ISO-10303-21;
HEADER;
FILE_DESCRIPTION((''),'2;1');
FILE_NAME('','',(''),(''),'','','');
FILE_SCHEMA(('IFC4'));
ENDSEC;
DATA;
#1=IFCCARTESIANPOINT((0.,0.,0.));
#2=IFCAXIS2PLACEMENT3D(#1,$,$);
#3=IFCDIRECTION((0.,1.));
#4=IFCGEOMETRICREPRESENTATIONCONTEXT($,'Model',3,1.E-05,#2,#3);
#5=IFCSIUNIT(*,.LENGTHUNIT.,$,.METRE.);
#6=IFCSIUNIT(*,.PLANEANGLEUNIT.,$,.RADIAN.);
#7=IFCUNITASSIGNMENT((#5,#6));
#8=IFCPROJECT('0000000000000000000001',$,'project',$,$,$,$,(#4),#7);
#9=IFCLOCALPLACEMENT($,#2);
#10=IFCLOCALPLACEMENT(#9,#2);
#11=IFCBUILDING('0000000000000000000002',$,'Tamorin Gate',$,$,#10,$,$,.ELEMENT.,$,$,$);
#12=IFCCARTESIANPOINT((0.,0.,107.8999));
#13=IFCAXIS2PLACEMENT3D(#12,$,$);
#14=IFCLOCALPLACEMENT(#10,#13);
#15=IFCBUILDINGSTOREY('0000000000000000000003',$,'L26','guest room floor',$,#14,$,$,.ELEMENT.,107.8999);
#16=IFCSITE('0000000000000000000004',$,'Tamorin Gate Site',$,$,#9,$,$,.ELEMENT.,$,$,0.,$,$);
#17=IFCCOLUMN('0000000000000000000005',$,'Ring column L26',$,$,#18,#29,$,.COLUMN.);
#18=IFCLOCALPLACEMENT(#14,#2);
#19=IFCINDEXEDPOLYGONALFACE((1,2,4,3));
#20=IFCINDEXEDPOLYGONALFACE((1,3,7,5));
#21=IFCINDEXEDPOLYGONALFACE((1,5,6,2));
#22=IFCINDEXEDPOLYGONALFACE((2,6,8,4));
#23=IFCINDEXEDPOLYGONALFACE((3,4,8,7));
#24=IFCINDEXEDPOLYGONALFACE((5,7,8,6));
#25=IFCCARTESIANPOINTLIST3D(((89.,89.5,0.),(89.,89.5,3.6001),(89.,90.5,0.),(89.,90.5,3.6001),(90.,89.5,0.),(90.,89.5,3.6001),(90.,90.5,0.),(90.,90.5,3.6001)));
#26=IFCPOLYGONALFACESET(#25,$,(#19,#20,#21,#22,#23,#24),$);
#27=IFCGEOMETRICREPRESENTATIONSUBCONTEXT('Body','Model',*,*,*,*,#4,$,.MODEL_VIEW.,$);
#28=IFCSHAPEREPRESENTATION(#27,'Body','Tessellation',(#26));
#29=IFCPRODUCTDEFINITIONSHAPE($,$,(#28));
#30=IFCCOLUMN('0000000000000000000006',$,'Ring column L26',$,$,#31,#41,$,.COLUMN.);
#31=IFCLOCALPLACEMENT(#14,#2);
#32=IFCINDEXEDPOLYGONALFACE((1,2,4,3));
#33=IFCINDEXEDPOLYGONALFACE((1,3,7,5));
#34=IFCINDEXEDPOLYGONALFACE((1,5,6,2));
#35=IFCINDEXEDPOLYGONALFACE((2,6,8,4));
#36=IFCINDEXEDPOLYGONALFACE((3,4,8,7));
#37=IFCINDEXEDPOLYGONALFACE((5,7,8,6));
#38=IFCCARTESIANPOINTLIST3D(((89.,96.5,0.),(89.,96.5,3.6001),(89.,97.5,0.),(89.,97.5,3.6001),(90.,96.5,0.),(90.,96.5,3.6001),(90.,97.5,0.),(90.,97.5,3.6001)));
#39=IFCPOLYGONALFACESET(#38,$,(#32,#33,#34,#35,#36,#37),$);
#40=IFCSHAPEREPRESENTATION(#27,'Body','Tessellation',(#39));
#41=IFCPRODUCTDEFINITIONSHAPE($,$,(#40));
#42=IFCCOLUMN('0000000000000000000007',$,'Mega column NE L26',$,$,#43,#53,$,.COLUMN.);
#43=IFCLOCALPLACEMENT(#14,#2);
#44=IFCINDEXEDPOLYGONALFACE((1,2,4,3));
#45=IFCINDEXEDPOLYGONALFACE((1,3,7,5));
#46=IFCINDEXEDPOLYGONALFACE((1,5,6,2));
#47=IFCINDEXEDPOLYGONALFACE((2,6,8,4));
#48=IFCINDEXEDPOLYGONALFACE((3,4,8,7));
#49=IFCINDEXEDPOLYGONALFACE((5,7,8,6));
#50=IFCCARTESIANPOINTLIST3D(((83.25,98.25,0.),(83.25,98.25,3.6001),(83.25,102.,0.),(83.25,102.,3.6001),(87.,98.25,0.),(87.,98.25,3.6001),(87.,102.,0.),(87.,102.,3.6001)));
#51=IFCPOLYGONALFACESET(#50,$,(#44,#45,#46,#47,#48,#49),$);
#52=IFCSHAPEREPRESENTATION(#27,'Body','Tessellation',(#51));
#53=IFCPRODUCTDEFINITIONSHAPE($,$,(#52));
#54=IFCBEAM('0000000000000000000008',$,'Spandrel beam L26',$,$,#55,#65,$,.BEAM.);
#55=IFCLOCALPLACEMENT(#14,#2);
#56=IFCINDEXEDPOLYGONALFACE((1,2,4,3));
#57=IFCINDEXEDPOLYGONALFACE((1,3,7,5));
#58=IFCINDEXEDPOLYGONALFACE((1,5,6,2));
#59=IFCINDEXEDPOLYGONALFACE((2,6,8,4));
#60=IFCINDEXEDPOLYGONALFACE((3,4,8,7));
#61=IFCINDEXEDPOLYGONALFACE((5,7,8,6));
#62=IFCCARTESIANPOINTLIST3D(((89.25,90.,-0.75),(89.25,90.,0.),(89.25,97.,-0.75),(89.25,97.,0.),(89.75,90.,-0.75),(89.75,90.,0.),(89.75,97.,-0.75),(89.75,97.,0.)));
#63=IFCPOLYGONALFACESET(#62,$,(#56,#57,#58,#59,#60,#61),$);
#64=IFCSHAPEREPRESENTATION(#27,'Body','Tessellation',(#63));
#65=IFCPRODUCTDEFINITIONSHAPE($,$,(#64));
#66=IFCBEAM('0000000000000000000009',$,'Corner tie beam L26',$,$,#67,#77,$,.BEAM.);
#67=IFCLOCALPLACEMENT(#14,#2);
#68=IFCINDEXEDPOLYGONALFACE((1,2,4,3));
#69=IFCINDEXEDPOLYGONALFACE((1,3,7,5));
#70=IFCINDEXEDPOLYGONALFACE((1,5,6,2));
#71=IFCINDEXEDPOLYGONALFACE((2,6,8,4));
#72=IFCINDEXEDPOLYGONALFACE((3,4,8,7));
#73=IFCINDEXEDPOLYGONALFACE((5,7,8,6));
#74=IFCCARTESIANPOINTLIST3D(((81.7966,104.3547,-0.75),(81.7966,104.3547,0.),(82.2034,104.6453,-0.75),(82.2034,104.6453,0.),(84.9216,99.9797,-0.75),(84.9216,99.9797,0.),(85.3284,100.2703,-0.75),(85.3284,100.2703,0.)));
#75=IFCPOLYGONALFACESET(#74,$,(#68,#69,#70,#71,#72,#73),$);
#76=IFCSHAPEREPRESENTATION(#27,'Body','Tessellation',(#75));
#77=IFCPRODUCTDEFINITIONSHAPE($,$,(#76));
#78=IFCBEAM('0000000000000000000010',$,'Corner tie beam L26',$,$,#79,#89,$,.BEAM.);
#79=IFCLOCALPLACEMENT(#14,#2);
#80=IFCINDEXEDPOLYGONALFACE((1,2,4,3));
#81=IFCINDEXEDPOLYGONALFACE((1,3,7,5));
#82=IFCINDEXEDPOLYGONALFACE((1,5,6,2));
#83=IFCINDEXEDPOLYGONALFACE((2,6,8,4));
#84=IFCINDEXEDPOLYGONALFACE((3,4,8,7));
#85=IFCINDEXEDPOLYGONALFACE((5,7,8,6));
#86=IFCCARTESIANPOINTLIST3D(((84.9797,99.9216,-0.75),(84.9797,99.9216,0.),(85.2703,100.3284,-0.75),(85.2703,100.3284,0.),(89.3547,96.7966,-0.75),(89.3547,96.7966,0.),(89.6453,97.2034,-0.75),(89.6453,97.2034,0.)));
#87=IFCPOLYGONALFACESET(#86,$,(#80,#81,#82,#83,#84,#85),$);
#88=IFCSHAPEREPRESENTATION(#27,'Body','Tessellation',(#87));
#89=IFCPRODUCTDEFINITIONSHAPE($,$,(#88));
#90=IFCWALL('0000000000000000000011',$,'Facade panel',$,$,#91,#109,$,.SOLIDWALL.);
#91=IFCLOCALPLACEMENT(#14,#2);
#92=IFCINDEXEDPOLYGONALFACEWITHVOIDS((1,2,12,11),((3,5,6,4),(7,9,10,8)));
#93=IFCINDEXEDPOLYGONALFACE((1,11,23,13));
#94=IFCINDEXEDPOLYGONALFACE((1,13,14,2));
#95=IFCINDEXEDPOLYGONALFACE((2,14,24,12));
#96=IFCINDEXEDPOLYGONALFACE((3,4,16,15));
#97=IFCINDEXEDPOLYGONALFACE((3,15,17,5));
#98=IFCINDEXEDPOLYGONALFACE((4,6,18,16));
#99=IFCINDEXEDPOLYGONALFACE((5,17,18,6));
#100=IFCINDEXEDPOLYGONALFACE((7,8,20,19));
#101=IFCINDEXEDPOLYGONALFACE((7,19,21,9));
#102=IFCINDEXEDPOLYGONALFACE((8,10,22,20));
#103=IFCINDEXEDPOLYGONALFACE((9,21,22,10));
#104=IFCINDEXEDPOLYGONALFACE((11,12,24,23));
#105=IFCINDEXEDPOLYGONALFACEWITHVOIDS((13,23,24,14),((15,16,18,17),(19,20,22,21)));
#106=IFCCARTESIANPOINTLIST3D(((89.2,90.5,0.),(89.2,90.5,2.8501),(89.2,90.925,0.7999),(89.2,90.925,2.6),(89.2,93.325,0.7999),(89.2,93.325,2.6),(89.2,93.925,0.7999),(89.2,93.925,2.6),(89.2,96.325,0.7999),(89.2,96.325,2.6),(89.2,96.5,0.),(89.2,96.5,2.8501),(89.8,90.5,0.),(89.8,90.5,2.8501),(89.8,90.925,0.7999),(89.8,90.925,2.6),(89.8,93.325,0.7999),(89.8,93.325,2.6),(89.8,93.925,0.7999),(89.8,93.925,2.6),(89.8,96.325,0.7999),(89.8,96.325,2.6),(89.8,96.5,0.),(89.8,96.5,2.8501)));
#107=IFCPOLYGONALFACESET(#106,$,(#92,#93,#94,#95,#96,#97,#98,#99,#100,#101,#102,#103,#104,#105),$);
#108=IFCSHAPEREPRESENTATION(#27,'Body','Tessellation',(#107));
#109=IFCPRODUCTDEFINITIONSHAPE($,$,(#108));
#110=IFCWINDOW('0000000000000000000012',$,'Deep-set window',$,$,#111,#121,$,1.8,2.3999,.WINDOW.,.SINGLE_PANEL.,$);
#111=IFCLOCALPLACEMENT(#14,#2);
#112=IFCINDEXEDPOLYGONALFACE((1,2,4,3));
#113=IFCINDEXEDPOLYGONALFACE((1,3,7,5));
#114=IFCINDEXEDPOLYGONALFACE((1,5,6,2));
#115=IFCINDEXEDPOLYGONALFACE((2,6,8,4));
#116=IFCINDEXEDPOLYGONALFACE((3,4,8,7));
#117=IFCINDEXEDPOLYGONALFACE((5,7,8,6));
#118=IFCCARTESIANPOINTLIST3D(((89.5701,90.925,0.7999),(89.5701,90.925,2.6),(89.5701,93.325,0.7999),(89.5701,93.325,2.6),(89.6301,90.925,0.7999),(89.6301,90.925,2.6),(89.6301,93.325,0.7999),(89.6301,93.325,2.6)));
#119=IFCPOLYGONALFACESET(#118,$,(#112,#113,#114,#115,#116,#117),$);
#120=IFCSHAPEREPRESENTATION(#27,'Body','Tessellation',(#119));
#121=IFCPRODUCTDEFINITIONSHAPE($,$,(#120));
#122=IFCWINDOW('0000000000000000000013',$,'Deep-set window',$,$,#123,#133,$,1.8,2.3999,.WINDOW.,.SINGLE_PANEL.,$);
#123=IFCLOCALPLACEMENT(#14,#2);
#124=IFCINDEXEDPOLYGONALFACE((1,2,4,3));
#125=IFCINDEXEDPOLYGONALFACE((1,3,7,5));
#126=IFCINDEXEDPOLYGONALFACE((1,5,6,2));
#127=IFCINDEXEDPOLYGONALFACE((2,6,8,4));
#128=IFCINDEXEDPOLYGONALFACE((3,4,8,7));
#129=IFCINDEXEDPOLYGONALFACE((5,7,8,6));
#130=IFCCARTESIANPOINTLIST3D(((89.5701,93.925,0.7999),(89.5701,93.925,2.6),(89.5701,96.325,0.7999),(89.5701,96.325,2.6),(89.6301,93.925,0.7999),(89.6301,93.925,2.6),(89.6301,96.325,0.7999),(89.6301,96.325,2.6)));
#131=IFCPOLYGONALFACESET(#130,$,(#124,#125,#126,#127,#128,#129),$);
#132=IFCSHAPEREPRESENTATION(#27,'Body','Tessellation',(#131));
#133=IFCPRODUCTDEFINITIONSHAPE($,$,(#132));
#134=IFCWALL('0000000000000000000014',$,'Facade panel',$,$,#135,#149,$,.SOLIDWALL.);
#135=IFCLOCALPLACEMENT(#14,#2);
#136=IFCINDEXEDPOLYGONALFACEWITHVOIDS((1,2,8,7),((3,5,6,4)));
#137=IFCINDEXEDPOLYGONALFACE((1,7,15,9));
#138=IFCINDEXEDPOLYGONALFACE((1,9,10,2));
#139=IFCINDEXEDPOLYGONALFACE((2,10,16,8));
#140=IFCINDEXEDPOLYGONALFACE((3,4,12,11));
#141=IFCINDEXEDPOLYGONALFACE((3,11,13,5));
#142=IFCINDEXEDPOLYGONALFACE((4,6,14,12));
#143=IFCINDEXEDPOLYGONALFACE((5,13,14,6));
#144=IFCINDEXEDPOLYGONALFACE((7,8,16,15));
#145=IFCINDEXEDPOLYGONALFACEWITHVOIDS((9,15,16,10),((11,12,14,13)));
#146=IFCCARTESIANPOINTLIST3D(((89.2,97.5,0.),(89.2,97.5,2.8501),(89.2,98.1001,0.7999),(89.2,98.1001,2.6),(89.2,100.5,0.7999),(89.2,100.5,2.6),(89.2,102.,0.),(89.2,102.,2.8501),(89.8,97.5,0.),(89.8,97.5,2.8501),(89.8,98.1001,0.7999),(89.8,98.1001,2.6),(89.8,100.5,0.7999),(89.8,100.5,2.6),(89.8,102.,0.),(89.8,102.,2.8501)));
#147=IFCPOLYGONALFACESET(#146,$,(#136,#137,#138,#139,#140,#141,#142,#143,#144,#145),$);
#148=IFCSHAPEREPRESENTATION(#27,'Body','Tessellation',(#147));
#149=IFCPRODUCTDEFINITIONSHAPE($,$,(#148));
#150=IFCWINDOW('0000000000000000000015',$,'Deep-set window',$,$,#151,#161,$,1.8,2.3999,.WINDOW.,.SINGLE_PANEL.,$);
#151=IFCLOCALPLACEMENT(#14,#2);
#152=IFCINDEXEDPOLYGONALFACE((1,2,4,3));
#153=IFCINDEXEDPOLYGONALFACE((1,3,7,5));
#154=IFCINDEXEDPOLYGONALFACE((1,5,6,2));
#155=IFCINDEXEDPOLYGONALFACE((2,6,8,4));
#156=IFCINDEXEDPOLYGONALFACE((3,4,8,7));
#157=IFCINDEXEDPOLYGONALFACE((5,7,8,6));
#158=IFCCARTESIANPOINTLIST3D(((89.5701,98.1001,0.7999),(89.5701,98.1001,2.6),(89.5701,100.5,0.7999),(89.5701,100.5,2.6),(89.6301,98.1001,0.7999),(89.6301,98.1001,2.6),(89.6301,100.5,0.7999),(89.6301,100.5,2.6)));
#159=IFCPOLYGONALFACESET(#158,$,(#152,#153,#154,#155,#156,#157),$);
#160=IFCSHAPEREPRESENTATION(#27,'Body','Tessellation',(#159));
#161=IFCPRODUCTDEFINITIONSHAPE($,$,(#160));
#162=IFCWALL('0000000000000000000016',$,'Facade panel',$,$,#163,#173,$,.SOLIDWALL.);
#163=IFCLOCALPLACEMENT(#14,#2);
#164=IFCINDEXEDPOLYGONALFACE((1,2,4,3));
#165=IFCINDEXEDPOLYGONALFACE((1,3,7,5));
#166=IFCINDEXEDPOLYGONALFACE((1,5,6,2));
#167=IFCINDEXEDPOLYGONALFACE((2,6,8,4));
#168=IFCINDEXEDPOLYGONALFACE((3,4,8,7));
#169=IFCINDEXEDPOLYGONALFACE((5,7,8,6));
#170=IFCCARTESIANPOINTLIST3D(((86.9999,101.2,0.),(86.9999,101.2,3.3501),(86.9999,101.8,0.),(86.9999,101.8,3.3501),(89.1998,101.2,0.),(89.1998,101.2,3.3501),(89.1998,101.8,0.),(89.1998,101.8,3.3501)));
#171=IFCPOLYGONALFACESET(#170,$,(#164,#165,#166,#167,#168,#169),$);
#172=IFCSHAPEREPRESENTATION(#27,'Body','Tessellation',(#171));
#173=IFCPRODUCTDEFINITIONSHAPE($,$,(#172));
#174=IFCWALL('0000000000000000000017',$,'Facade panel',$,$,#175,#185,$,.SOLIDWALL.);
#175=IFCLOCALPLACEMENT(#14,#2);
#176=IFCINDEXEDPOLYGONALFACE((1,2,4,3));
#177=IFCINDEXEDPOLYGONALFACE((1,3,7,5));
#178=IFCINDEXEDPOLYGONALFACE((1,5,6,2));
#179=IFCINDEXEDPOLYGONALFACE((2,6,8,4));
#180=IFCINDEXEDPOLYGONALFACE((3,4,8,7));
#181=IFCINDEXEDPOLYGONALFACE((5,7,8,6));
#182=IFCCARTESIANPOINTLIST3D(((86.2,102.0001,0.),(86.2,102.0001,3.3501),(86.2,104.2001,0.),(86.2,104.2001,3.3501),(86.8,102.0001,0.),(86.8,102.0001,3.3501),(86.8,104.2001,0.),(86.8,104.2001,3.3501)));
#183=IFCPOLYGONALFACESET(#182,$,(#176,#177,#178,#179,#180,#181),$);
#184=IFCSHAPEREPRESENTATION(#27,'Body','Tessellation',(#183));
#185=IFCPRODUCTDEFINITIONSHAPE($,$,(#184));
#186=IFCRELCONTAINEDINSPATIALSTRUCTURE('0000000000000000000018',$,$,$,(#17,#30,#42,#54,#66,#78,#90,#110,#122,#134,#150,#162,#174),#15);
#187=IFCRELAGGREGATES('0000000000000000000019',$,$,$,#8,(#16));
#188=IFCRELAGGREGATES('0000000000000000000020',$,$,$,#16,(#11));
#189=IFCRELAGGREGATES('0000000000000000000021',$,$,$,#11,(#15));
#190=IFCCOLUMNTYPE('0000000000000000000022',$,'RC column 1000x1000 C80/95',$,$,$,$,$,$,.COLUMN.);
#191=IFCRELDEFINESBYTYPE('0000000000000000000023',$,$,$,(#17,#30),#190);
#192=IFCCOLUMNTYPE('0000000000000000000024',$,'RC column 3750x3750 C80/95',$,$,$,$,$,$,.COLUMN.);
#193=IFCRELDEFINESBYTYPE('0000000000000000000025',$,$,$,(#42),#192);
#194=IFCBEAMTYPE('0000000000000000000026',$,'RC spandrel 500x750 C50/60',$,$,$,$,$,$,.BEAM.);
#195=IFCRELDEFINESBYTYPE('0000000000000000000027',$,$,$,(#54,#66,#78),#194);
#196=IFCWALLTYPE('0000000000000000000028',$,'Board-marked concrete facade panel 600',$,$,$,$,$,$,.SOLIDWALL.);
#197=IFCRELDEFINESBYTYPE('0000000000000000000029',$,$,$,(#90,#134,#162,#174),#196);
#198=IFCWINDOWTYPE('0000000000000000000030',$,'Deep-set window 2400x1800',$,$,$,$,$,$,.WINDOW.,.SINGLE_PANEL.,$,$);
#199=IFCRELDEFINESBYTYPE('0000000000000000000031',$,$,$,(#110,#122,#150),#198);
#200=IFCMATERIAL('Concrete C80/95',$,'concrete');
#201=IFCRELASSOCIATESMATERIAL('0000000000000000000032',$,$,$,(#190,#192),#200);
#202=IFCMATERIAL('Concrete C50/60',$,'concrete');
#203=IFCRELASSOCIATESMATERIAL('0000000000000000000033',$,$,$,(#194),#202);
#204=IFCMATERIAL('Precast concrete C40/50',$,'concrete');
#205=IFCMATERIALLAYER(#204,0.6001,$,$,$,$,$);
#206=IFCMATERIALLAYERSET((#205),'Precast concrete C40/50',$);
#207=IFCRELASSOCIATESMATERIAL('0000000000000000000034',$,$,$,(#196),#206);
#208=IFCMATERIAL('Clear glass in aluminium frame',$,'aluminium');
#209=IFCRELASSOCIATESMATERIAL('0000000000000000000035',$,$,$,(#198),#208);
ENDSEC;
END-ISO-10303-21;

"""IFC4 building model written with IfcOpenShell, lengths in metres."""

from ifc_helpers import new_model, si_unit, direction, frame, frame_2d, origin, origin_2d, place, context, subcontext, project, spatial, rectangle, extrude, material, layer, layer_set, material_profile, profile_set, type_object, element, fill, save


model = new_model("IFC4")

# Units and contexts
model_context = context("Model", 3, precision=1e-05, world=origin(), true_north=direction((0.0, 1.0)))
body_context = subcontext(model_context, "Body", "Model", "MODEL_VIEW")
ifc_project = project(units=[si_unit("LENGTHUNIT", "METRE"), si_unit("PLANEANGLEUNIT", "RADIAN")], contexts=[model_context])

# Site, building, storey
site_placement = place(None, origin())
site = spatial("IfcSite", under=ifc_project, at=site_placement, Name="Tamorin Gate Site", CompositionType="ELEMENT", RefElevation=0.0)
building_placement = place(site_placement, origin())
building = spatial("IfcBuilding", under=site, at=building_placement, Name="Tamorin Gate", CompositionType="ELEMENT")
storey_placement = place(building_placement, frame((0.0, 0.0, 107.8999)))
storey = spatial("IfcBuildingStorey", under=building, at=storey_placement, Name="L26", Description="guest room floor", CompositionType="ELEMENT", Elevation=107.8999)

# Columns
ifc_material_1 = material(Name="Concrete C80/95", Category="concrete")
ifc_material_profile_1 = material_profile(ifc_material_1, rectangle(XDim=1.0, YDim=1.0, at=origin_2d()), Name="RC 1000x1000")
ifc_profile_set_1 = profile_set([ifc_material_profile_1], Name="Concrete C80/95")
column_type_1 = type_object("IfcColumnType", Name="RC column 1000x1000 C80/95", PredefinedType="COLUMN", material=ifc_profile_set_1)
for number, where, z_axis, x_axis, name in (
    (1, (89.5, 90.0, 0.0), (0.0, 0.0, 1.0), (1.0, 0.0, 0.0), "Ring column L26"),
    (2, (89.5, 97.0, 0.0), (0.0, 0.0, 1.0), (1.0, 0.0, 0.0), "Ring column L26"),
):
    element("IfcColumn", number, at=place(storey_placement, frame(where, z_axis=z_axis, x_axis=x_axis)), inside=storey, type_object=column_type_1, Name=name, PredefinedType="COLUMN", context=body_context, shape_type="SweptSolid", body=[
        extrude(rectangle(XDim=1.0, YDim=1.0, at=origin_2d()), origin(), (0.0, 0.0, 1.0), 3.6001),
    ])
ifc_material_profile_2 = material_profile(ifc_material_1, rectangle(XDim=3.75, YDim=3.75, at=origin_2d()), Name="RC 3750x3750")
ifc_profile_set_2 = profile_set([ifc_material_profile_2], Name="Concrete C80/95")
column_type_2 = type_object("IfcColumnType", Name="RC column 3750x3750 C80/95", PredefinedType="COLUMN", material=ifc_profile_set_2)
column_placement = place(storey_placement, frame((85.125, 100.125, 0.0), z_axis=(0.0, 0.0, 1.0), x_axis=(1.0, 0.0, 0.0)))
element("IfcColumn", 3, at=column_placement, inside=storey, type_object=column_type_2, Name="Mega column NE L26", PredefinedType="COLUMN", context=body_context, shape_type="SweptSolid", body=[
    extrude(rectangle(XDim=3.75, YDim=3.75, at=origin_2d()), origin(), (0.0, 0.0, 1.0), 3.6001),
])

# Beams
ifc_material_2 = material(Name="Concrete C50/60", Category="concrete")
ifc_material_profile_3 = material_profile(ifc_material_2, rectangle(XDim=0.5, YDim=0.75, at=origin_2d()), Name="RC 500x750")
ifc_profile_set_3 = profile_set([ifc_material_profile_3], Name="Concrete C50/60")
beam_type = type_object("IfcBeamType", Name="RC spandrel 500x750 C50/60", PredefinedType="BEAM", material=ifc_profile_set_3)
beam_placement = place(storey_placement, frame((89.5, 90.0, -0.375), z_axis=(0.0, 1.0, 0.0), x_axis=(-1.0, 0.0, 0.0)))
element("IfcBeam", 4, at=beam_placement, inside=storey, type_object=beam_type, Name="Spandrel beam L26", PredefinedType="BEAM", context=body_context, shape_type="SweptSolid", body=[
    extrude(rectangle(XDim=0.5, YDim=0.75, at=origin_2d()), origin(), (0.0, 0.0, 1.0), 7.0),
])
for number, where, z_axis, x_axis, name in (
    (5, (85.125, 100.125, -0.375), (-0.581238, 0.813733, 0.0), (-0.813733, -0.581238, 0.0), "Corner tie beam L26"),
    (6, (85.125, 100.125, -0.375), (0.813733, -0.581238, 0.0), (0.581238, 0.813733, 0.0), "Corner tie beam L26"),
):
    element("IfcBeam", number, at=place(storey_placement, frame(where, z_axis=z_axis, x_axis=x_axis)), inside=storey, type_object=beam_type, Name=name, PredefinedType="BEAM", context=body_context, shape_type="SweptSolid", body=[
        extrude(rectangle(XDim=0.5, YDim=0.75, at=origin_2d()), origin(), (0.0, 0.0, 1.0), 5.3765),
    ])

# Wall, openings, windows
ifc_material_3 = material(Name="Precast concrete C40/50", Category="concrete")
ifc_layer_1 = layer(ifc_material_3, 0.6001)
ifc_layer_set_1 = layer_set([ifc_layer_1], Name="Precast concrete C40/50")
wall_type_1 = type_object("IfcWallType", Name="Board-marked concrete facade panel 600", PredefinedType="SOLIDWALL", material=ifc_layer_set_1)
wall_1_placement = place(storey_placement, frame((89.5, 90.5, 0.0), z_axis=(0.0, 0.0, 1.0), x_axis=(0.0, 1.0, 0.0)))
wall_1 = element("IfcWall", 7, at=wall_1_placement, inside=storey, type_object=wall_type_1, Name="Facade panel", PredefinedType="SOLIDWALL", context=body_context, shape_type="SweptSolid", body=[
    extrude(rectangle(XDim=6.0, YDim=0.6001, at=frame_2d((3.0, 0.0))), origin(), (0.0, 0.0, 1.0), 2.8501),
])
opening_1_placement = place(wall_1_placement, frame((0.425, 0.0, 0.8)))
opening_1 = element("IfcOpeningElement", 8, at=opening_1_placement, cuts=wall_1, PredefinedType="OPENING", context=body_context, shape_type="SweptSolid", body=[
    extrude(rectangle(XDim=2.3999, YDim=1.8, at=frame_2d((1.2, 0.8999))), frame((0.0, 0.3101, 0.0), z_axis=(0.0, -1.0, 0.0), x_axis=(1.0, 0.0, 0.0)), (0.0, 0.0, 1.0), 0.6201),
])
opening_2_placement = place(wall_1_placement, frame((3.425, 0.0, 0.8)))
opening_2 = element("IfcOpeningElement", 9, at=opening_2_placement, cuts=wall_1, PredefinedType="OPENING", context=body_context, shape_type="SweptSolid", body=[
    extrude(rectangle(XDim=2.3999, YDim=1.8, at=frame_2d((1.2, 0.8999))), frame((0.0, 0.3101, 0.0), z_axis=(0.0, -1.0, 0.0), x_axis=(1.0, 0.0, 0.0)), (0.0, 0.0, 1.0), 0.6201),
])
ifc_material_4 = material(Name="Clear glass in aluminium frame", Category="aluminium")
window_type = type_object("IfcWindowType", Name="Deep-set window 2400x1800", PartitioningType="SINGLE_PANEL", PredefinedType="WINDOW", material=ifc_material_4)
window_1_placement = place(opening_1_placement, origin())
window_1 = element("IfcWindow", 10, at=window_1_placement, inside=storey, type_object=window_type, Name="Deep-set window", OverallHeight=1.8, OverallWidth=2.3999, PartitioningType="SINGLE_PANEL", PredefinedType="WINDOW", context=body_context, shape_type="SweptSolid", body=[
    extrude(rectangle(XDim=2.3999, YDim=1.8, at=frame_2d((1.2, 0.8999))), frame((0.0, -0.0701, 0.0), z_axis=(0.0, -1.0, 0.0), x_axis=(1.0, 0.0, 0.0)), (0.0, 0.0, 1.0), 0.0601),
])
fill(opening_1, window_1)
window_2_placement = place(opening_2_placement, origin())
window_2 = element("IfcWindow", 11, at=window_2_placement, inside=storey, type_object=window_type, Name="Deep-set window", OverallHeight=1.8, OverallWidth=2.3999, PartitioningType="SINGLE_PANEL", PredefinedType="WINDOW", context=body_context, shape_type="SweptSolid", body=[
    extrude(rectangle(XDim=2.3999, YDim=1.8, at=frame_2d((1.2, 0.8999))), frame((0.0, -0.0701, 0.0), z_axis=(0.0, -1.0, 0.0), x_axis=(1.0, 0.0, 0.0)), (0.0, 0.0, 1.0), 0.0601),
])
fill(opening_2, window_2)

# Wall, opening, window
wall_2_placement = place(storey_placement, frame((89.5, 97.5, 0.0), z_axis=(0.0, 0.0, 1.0), x_axis=(0.0, 1.0, 0.0)))
wall_2 = element("IfcWall", 12, at=wall_2_placement, inside=storey, type_object=wall_type_1, Name="Facade panel", PredefinedType="SOLIDWALL", context=body_context, shape_type="SweptSolid", body=[
    extrude(rectangle(XDim=4.5, YDim=0.6001, at=frame_2d((2.25, 0.0))), origin(), (0.0, 0.0, 1.0), 2.8501),
])
opening_3_placement = place(wall_2_placement, frame((0.6001, 0.0, 0.8)))
opening_3 = element("IfcOpeningElement", 13, at=opening_3_placement, cuts=wall_2, PredefinedType="OPENING", context=body_context, shape_type="SweptSolid", body=[
    extrude(rectangle(XDim=2.3999, YDim=1.8, at=frame_2d((1.2, 0.8999))), frame((0.0, 0.3101, 0.0), z_axis=(0.0, -1.0, 0.0), x_axis=(1.0, 0.0, 0.0)), (0.0, 0.0, 1.0), 0.6201),
])
window_3_placement = place(opening_3_placement, origin())
window_3 = element("IfcWindow", 14, at=window_3_placement, inside=storey, type_object=window_type, Name="Deep-set window", OverallHeight=1.8, OverallWidth=2.3999, PartitioningType="SINGLE_PANEL", PredefinedType="WINDOW", context=body_context, shape_type="SweptSolid", body=[
    extrude(rectangle(XDim=2.3999, YDim=1.8, at=frame_2d((1.2, 0.8999))), frame((0.0, -0.0701, 0.0), z_axis=(0.0, -1.0, 0.0), x_axis=(1.0, 0.0, 0.0)), (0.0, 0.0, 1.0), 0.0601),
])
fill(opening_3, window_3)

# Walls
for number, where, z_axis, x_axis, name in (
    (15, (89.2, 101.5, 0.0), (0.0, 0.0, 1.0), (-1.0, 0.0, 0.0), "Facade panel"),
    (16, (86.5, 102.0, 0.0), (0.0, 0.0, 1.0), (0.0, 1.0, 0.0), "Facade panel"),
):
    element("IfcWall", number, at=place(storey_placement, frame(where, z_axis=z_axis, x_axis=x_axis)), inside=storey, type_object=wall_type_1, Name=name, PredefinedType="SOLIDWALL", context=body_context, shape_type="SweptSolid", body=[
        extrude(rectangle(XDim=2.2, YDim=0.6001, at=frame_2d((1.1001, 0.0))), origin(), (0.0, 0.0, 1.0), 3.3501),
    ])

save(model, "model.ifc")
